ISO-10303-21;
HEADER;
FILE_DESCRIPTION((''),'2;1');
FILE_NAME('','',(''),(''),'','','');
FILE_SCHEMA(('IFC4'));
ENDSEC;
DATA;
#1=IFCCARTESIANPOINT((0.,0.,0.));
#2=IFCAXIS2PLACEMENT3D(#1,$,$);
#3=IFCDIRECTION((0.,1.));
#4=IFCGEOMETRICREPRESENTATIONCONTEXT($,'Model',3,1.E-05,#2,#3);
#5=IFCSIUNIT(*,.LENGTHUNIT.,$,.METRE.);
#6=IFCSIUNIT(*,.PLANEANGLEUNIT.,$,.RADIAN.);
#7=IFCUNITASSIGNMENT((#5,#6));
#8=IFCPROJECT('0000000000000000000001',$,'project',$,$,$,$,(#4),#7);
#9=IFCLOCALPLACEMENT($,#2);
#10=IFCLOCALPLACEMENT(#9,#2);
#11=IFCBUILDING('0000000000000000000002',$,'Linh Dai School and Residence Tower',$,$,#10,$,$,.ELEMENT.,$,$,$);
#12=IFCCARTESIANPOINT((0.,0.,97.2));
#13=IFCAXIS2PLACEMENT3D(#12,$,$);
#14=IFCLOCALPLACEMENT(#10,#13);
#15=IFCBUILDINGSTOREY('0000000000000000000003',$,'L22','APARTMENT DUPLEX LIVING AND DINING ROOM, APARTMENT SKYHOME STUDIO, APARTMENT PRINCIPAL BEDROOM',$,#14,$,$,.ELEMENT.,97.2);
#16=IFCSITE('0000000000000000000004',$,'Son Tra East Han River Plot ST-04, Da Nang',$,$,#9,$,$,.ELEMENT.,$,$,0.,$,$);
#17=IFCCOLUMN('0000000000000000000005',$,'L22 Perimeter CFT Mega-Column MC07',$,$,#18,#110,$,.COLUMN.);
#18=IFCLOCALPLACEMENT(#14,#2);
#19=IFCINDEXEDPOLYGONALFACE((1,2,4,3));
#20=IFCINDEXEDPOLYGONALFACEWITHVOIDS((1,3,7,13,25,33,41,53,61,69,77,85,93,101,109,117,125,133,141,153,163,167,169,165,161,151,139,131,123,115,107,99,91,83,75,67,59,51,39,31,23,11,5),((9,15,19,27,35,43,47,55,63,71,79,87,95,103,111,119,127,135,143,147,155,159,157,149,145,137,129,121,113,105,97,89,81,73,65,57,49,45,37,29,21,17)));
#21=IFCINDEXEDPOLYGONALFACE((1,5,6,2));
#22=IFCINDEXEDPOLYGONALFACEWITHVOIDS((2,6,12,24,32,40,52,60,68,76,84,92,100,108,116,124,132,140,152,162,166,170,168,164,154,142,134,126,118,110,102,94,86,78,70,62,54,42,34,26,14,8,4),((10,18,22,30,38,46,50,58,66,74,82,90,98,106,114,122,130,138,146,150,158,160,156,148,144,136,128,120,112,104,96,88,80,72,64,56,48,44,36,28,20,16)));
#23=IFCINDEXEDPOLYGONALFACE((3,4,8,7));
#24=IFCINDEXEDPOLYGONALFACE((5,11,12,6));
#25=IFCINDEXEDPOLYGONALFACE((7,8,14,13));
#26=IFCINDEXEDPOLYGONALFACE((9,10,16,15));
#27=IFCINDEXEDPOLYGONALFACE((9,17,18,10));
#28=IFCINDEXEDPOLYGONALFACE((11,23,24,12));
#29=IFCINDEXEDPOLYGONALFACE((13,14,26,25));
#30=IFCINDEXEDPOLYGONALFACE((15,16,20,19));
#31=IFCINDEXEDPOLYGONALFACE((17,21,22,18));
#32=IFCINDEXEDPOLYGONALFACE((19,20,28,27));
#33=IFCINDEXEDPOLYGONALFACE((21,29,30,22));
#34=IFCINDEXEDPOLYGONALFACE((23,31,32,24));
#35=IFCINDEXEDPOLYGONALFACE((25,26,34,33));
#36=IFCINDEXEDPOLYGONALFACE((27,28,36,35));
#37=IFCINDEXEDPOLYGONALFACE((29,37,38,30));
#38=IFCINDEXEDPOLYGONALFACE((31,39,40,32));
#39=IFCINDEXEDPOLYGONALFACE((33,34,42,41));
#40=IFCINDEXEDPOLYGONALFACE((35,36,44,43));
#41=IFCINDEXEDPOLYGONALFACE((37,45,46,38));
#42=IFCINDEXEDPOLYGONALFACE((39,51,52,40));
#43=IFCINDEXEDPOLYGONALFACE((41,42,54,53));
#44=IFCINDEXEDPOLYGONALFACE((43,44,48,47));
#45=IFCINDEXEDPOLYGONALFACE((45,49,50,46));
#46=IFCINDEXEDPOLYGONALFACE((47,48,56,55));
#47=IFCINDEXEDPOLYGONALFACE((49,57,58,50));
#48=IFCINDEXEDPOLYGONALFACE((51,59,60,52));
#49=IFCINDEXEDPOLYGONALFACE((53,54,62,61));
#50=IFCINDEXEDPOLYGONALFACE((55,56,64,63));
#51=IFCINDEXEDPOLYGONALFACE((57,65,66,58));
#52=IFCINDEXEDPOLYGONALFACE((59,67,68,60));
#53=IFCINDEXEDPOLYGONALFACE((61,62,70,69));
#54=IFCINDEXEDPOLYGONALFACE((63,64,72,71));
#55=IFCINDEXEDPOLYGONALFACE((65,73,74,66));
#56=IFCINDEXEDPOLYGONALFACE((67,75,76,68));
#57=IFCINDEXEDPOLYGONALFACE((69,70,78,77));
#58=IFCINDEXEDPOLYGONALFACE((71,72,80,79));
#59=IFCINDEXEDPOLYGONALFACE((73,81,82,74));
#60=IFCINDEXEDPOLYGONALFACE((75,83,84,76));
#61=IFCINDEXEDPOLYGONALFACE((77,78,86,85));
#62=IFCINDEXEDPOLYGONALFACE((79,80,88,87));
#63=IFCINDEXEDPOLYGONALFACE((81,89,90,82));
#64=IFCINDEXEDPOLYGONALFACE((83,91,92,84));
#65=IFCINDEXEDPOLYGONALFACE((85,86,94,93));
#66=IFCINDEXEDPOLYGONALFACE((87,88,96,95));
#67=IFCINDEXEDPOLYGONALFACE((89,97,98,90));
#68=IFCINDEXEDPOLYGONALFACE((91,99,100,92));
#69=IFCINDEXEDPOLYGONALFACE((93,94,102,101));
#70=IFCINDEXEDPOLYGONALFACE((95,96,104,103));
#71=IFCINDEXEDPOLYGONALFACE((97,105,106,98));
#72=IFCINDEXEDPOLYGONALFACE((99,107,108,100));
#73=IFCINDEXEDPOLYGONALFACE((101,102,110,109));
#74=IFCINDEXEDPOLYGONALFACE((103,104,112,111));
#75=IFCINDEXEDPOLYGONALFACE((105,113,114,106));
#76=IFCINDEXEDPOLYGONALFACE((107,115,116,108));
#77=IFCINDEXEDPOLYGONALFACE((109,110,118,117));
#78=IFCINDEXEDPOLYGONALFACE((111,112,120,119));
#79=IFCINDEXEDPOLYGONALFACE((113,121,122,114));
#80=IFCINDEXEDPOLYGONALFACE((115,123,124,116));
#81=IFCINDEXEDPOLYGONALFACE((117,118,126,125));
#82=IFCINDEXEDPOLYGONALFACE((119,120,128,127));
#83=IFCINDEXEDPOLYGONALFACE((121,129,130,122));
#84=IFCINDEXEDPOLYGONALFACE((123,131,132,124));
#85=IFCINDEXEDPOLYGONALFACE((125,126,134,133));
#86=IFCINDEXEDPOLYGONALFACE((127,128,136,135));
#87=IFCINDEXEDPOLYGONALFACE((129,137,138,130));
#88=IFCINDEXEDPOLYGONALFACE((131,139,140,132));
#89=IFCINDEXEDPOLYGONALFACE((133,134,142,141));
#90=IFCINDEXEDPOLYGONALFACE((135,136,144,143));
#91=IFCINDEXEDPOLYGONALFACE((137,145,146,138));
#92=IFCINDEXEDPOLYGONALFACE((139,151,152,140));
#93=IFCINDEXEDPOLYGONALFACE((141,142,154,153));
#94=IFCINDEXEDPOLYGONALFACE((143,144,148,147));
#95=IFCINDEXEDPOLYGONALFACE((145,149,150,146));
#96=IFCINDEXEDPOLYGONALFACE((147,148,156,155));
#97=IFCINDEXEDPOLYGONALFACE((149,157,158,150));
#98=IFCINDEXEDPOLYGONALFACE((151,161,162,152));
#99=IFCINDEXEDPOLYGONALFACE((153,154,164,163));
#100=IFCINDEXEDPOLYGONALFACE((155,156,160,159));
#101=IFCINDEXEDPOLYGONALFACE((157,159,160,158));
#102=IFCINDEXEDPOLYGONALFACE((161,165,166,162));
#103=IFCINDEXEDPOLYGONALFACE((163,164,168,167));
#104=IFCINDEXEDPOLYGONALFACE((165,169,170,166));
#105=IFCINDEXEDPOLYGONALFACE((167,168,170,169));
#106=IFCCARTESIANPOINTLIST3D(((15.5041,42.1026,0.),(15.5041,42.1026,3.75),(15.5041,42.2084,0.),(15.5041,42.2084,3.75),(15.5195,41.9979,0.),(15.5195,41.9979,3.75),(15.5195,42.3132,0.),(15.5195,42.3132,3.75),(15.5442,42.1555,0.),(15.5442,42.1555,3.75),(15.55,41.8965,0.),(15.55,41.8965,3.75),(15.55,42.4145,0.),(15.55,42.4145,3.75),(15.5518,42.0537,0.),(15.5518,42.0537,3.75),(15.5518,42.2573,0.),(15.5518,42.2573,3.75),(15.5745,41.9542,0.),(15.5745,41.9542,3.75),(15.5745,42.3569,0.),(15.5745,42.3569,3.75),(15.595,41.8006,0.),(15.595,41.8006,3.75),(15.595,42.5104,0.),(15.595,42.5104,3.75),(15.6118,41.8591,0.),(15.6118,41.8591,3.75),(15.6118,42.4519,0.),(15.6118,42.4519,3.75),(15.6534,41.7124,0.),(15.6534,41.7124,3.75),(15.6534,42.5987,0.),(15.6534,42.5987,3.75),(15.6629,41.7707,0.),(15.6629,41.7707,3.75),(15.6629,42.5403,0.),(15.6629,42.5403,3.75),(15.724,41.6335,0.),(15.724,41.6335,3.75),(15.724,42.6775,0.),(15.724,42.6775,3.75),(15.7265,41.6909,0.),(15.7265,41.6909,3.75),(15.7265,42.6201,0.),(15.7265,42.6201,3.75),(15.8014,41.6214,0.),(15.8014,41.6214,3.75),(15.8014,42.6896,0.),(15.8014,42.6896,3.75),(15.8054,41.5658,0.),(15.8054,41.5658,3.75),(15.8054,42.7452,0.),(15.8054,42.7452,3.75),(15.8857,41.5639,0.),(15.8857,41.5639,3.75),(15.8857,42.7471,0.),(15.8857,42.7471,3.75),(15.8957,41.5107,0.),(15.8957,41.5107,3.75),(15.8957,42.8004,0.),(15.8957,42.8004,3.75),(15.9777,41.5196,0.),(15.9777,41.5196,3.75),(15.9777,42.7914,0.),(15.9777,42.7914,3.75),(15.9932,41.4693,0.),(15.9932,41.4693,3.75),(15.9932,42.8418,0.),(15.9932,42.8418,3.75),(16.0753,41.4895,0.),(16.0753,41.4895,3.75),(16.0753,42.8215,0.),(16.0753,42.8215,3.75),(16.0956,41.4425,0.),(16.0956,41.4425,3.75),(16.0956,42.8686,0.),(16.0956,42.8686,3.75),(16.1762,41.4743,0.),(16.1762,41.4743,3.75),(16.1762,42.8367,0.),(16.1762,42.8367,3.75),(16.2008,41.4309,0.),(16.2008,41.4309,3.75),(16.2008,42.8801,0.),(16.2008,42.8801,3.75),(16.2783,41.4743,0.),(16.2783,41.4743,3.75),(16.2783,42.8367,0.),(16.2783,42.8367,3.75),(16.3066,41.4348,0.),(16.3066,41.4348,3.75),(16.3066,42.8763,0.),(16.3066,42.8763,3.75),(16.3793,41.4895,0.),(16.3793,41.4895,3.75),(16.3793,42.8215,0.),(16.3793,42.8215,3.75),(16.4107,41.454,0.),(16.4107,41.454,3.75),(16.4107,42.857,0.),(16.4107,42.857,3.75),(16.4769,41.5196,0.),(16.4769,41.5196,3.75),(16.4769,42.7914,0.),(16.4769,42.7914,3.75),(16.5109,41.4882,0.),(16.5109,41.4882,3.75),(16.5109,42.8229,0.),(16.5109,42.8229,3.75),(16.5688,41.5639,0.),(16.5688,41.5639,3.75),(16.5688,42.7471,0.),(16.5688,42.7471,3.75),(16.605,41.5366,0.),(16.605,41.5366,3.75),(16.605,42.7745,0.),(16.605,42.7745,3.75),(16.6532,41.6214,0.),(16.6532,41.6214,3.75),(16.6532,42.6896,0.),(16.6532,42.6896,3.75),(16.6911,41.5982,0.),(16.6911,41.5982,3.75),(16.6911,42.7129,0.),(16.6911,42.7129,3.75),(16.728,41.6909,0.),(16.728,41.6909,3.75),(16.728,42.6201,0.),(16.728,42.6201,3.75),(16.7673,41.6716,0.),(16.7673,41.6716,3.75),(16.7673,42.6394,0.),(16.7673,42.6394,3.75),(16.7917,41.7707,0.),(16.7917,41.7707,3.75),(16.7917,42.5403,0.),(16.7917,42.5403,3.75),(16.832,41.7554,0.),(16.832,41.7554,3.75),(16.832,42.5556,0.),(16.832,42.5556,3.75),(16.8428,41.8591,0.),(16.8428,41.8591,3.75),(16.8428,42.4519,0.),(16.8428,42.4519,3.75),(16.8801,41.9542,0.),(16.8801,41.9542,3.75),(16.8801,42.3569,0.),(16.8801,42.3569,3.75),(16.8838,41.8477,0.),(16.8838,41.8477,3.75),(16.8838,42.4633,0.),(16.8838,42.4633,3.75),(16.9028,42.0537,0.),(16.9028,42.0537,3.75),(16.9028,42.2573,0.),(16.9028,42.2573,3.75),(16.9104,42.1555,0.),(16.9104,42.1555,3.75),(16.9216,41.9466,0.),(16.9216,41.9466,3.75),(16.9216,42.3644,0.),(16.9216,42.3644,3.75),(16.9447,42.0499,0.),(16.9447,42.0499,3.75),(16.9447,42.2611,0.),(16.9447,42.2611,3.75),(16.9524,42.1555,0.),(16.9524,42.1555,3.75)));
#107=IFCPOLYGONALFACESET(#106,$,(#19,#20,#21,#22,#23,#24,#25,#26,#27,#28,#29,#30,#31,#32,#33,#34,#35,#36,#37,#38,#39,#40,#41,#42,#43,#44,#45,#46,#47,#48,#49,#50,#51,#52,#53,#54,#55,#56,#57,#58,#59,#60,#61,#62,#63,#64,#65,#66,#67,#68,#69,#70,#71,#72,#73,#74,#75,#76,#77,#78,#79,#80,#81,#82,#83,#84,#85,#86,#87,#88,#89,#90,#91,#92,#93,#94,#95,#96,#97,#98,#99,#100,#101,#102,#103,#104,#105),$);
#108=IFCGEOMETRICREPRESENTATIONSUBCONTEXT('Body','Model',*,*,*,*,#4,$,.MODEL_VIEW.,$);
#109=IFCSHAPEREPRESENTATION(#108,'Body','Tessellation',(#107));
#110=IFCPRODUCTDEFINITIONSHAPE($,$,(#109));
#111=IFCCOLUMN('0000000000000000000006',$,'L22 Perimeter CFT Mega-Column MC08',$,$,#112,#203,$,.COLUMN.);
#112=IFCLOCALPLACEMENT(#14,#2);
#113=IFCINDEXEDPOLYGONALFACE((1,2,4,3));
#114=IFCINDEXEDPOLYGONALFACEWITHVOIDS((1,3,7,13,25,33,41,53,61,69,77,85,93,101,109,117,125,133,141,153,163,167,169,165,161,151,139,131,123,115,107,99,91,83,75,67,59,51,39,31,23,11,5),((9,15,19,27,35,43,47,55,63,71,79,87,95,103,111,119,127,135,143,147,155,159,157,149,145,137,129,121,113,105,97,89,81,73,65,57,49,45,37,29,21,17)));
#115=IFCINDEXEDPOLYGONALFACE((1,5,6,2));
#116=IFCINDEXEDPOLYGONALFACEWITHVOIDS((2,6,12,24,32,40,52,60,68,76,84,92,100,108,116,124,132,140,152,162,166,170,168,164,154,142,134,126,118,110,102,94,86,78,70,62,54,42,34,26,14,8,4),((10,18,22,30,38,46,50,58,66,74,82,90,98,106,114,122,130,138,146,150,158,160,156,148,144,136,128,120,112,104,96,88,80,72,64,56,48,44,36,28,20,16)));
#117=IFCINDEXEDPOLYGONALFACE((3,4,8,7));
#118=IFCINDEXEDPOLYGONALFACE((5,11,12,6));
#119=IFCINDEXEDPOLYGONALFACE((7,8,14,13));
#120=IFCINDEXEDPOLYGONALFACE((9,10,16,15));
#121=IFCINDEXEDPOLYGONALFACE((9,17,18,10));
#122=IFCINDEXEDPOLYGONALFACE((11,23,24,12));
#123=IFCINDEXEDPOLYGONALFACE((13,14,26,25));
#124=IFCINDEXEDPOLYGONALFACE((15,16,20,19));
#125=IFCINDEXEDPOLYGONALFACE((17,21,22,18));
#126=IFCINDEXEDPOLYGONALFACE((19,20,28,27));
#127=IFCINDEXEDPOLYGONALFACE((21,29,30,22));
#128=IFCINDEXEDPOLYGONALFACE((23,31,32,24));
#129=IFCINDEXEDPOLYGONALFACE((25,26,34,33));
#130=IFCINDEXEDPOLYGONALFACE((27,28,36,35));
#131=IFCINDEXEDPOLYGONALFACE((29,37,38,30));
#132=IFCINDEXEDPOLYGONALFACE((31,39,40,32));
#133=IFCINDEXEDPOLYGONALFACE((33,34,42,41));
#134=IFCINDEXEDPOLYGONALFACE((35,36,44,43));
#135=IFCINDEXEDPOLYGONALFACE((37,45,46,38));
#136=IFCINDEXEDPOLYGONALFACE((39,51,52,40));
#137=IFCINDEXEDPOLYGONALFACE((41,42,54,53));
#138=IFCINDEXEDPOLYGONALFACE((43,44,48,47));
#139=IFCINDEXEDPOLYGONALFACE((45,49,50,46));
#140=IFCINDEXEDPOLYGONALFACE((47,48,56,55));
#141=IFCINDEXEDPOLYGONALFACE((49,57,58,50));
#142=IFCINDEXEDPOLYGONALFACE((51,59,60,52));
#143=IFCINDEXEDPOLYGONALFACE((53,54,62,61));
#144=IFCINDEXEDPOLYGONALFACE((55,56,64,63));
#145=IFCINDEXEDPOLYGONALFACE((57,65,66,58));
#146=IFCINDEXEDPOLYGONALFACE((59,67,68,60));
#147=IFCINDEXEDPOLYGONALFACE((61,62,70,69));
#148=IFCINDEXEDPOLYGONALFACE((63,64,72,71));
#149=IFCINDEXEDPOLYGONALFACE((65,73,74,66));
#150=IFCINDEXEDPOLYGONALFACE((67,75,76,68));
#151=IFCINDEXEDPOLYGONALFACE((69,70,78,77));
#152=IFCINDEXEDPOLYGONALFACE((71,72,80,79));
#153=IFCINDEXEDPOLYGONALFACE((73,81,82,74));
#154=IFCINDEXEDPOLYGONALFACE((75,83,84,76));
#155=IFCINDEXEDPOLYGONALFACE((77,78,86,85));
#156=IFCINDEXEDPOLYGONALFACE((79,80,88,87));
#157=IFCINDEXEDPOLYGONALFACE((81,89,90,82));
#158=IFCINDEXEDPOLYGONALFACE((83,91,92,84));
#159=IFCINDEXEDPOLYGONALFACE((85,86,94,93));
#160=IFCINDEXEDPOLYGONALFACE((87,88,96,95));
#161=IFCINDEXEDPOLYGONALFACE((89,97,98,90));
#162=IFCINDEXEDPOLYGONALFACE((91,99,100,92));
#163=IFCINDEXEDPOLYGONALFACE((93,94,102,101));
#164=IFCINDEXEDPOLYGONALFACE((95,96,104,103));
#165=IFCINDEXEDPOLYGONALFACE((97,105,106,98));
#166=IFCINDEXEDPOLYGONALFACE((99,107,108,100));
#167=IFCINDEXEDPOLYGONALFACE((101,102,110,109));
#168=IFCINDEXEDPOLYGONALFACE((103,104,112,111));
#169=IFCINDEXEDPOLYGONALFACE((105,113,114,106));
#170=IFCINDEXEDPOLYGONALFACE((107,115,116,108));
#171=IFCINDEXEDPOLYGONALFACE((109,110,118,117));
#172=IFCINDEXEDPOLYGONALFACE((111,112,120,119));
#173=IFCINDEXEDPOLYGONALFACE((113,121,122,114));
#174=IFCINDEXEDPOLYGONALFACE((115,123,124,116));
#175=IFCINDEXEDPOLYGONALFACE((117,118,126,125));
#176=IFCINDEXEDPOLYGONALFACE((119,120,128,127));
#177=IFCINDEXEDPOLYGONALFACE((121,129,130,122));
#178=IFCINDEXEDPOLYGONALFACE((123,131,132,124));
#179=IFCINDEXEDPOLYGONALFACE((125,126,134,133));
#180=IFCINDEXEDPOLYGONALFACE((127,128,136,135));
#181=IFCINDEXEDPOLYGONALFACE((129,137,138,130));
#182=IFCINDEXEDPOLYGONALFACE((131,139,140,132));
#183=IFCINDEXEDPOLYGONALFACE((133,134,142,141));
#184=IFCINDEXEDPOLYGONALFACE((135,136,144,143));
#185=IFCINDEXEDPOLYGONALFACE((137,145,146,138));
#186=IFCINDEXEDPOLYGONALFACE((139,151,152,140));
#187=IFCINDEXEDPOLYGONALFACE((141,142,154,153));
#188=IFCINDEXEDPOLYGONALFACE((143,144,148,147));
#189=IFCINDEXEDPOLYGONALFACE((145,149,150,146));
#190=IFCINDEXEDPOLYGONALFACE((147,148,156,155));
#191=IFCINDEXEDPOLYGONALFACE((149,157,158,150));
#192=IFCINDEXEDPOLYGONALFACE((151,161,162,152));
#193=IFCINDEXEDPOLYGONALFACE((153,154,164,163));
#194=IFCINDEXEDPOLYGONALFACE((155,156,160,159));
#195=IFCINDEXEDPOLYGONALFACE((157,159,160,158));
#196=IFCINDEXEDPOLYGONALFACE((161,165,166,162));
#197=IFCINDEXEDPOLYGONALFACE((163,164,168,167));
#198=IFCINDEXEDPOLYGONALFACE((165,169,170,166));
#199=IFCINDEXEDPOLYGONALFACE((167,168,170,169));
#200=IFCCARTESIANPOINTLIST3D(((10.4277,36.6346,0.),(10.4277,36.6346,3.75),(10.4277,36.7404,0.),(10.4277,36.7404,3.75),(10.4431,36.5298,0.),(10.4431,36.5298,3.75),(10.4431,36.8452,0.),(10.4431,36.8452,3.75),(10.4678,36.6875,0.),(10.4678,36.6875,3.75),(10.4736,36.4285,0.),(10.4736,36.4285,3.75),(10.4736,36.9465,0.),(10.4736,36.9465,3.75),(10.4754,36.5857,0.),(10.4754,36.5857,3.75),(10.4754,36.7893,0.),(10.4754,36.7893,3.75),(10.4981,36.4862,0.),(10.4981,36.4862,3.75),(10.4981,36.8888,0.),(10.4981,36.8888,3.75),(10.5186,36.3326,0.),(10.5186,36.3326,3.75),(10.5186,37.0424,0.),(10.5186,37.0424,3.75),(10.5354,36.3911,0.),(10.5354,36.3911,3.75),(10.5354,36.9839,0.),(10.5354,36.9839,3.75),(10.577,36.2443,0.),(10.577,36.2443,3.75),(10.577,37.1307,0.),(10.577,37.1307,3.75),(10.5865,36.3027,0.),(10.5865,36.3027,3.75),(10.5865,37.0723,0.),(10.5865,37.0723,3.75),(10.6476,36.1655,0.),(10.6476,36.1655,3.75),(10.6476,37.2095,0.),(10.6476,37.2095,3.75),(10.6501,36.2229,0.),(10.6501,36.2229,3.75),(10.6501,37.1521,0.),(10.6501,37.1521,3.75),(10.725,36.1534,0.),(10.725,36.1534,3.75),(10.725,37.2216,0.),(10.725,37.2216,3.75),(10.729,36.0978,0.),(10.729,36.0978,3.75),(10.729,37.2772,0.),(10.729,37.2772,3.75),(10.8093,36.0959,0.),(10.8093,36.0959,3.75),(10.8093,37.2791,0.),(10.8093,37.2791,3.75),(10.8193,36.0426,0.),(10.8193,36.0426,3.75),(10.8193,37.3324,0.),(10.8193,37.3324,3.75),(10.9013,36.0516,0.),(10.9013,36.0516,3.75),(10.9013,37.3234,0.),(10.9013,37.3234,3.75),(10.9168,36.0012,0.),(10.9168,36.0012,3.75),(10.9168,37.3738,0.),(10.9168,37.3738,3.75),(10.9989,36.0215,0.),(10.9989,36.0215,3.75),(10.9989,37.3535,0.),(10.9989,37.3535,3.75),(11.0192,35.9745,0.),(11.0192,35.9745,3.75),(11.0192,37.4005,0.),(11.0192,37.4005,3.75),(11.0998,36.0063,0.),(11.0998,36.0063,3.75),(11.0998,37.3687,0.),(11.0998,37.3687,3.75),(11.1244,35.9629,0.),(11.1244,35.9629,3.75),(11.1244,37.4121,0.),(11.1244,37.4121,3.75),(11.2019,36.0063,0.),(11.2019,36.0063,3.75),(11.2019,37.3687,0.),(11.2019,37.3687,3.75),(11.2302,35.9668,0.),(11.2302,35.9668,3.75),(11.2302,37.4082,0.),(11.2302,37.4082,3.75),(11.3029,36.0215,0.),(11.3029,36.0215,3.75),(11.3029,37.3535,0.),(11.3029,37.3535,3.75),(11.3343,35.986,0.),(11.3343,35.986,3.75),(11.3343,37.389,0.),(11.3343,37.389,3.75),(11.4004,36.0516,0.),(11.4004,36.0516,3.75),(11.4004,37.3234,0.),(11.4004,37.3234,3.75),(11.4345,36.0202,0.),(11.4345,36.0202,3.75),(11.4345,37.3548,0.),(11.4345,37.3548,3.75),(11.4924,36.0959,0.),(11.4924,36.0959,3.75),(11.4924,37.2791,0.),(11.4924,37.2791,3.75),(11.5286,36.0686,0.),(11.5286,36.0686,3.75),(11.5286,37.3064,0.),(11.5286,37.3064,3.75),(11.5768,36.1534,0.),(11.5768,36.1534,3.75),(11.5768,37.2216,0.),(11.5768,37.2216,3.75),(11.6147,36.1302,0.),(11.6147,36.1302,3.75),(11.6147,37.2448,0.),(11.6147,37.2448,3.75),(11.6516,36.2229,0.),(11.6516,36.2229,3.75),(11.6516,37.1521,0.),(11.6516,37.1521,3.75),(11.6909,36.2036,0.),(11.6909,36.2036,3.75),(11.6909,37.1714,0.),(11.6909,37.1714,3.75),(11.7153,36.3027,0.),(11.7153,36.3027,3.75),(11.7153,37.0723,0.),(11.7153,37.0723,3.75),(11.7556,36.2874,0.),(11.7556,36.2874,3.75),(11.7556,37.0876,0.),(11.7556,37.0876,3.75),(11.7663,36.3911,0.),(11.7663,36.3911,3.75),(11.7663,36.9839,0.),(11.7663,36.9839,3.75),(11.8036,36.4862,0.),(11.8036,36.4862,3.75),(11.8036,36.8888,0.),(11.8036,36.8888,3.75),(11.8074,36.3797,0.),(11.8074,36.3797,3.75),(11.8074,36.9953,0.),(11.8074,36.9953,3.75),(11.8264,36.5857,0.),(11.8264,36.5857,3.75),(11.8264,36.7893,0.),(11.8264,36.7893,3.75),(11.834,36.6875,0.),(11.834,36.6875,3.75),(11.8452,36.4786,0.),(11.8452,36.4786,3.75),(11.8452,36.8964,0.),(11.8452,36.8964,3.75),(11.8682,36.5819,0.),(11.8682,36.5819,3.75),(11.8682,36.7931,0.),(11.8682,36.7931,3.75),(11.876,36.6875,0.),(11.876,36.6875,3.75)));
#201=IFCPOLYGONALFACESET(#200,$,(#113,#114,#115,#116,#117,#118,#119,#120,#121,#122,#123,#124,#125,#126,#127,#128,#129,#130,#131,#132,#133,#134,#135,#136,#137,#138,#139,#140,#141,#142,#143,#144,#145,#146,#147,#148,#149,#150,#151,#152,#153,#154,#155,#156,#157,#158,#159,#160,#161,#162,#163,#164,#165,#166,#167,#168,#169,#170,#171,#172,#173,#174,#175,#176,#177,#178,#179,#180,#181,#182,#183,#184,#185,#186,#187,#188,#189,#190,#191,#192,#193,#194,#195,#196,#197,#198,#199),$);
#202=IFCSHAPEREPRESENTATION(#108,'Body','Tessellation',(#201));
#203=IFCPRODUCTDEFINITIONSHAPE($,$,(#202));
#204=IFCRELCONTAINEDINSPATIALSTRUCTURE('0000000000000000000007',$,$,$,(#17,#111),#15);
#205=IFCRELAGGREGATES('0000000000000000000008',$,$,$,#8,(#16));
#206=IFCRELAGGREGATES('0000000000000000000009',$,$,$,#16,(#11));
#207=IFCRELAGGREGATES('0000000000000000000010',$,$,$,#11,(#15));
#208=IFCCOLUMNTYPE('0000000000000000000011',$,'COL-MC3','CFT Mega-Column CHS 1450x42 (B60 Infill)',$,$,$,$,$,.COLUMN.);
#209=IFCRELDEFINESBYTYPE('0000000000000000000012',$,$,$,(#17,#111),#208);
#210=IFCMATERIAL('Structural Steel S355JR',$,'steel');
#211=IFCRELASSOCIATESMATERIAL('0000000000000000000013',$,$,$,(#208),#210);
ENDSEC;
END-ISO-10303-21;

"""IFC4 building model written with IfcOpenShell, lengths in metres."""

from ifc_helpers import new_model, si_unit, direction, frame, origin, origin_2d, place, context, subcontext, project, spatial, hollow_circle, extrude, material, material_profile, profile_set, type_object, element, save


model = new_model("IFC4")

# Units and contexts
model_context = context("Model", 3, precision=1e-05, world=origin(), true_north=direction((0.0, 1.0)))
body_context = subcontext(model_context, "Body", "Model", "MODEL_VIEW")
ifc_project = project(units=[si_unit("LENGTHUNIT", "METRE"), si_unit("PLANEANGLEUNIT", "RADIAN")], contexts=[model_context])

# Site, building, storey
site_placement = place(None, origin())
site = spatial("IfcSite", under=ifc_project, at=site_placement, Name="Son Tra East Han River Plot ST-04, Da Nang", CompositionType="ELEMENT", RefElevation=0.0)
building_placement = place(site_placement, origin())
building = spatial("IfcBuilding", under=site, at=building_placement, Name="Linh Dai School and Residence Tower", CompositionType="ELEMENT")
storey_placement = place(building_placement, frame((0.0, 0.0, 97.2)))
storey = spatial("IfcBuildingStorey", under=building, at=storey_placement, Name="L22", Description="APARTMENT DUPLEX LIVING AND DINING ROOM, APARTMENT SKYHOME STUDIO, APARTMENT PRINCIPAL BEDROOM", CompositionType="ELEMENT", Elevation=97.2)

# Columns
ifc_material_1 = material(Name="Structural Steel S355JR", Category="steel")
ifc_material_profile_1 = material_profile(ifc_material_1, hollow_circle(Radius=0.7251, WallThickness=0.042, at=origin_2d()), Name="CHS 1450x42")
ifc_profile_set_1 = profile_set([ifc_material_profile_1], Name="Structural Steel S355JR")
column_type = type_object("IfcColumnType", Name="COL-MC3", Description="CFT Mega-Column CHS 1450x42 (B60 Infill)", PredefinedType="COLUMN", material=ifc_profile_set_1)
for number, where, z_axis, x_axis, name in (
    (1, (16.2273, 42.1555, 0.0), (0.0, 0.0, 1.0), (1.0, 0.0, 0.0), "L22 Perimeter CFT Mega-Column MC07"),
    (2, (11.1509, 36.6875, 0.0), (0.0, 0.0, 1.0), (1.0, 0.0, 0.0), "L22 Perimeter CFT Mega-Column MC08"),
):
    element("IfcColumn", number, at=place(storey_placement, frame(where, z_axis=z_axis, x_axis=x_axis)), inside=storey, type_object=column_type, Name=name, PredefinedType="COLUMN", context=body_context, shape_type="SweptSolid", body=[
        extrude(hollow_circle(Radius=0.7251, WallThickness=0.042, at=origin_2d()), origin(), (0.0, 0.0, 1.0), 3.75),
    ])

save(model, "model.ifc")
